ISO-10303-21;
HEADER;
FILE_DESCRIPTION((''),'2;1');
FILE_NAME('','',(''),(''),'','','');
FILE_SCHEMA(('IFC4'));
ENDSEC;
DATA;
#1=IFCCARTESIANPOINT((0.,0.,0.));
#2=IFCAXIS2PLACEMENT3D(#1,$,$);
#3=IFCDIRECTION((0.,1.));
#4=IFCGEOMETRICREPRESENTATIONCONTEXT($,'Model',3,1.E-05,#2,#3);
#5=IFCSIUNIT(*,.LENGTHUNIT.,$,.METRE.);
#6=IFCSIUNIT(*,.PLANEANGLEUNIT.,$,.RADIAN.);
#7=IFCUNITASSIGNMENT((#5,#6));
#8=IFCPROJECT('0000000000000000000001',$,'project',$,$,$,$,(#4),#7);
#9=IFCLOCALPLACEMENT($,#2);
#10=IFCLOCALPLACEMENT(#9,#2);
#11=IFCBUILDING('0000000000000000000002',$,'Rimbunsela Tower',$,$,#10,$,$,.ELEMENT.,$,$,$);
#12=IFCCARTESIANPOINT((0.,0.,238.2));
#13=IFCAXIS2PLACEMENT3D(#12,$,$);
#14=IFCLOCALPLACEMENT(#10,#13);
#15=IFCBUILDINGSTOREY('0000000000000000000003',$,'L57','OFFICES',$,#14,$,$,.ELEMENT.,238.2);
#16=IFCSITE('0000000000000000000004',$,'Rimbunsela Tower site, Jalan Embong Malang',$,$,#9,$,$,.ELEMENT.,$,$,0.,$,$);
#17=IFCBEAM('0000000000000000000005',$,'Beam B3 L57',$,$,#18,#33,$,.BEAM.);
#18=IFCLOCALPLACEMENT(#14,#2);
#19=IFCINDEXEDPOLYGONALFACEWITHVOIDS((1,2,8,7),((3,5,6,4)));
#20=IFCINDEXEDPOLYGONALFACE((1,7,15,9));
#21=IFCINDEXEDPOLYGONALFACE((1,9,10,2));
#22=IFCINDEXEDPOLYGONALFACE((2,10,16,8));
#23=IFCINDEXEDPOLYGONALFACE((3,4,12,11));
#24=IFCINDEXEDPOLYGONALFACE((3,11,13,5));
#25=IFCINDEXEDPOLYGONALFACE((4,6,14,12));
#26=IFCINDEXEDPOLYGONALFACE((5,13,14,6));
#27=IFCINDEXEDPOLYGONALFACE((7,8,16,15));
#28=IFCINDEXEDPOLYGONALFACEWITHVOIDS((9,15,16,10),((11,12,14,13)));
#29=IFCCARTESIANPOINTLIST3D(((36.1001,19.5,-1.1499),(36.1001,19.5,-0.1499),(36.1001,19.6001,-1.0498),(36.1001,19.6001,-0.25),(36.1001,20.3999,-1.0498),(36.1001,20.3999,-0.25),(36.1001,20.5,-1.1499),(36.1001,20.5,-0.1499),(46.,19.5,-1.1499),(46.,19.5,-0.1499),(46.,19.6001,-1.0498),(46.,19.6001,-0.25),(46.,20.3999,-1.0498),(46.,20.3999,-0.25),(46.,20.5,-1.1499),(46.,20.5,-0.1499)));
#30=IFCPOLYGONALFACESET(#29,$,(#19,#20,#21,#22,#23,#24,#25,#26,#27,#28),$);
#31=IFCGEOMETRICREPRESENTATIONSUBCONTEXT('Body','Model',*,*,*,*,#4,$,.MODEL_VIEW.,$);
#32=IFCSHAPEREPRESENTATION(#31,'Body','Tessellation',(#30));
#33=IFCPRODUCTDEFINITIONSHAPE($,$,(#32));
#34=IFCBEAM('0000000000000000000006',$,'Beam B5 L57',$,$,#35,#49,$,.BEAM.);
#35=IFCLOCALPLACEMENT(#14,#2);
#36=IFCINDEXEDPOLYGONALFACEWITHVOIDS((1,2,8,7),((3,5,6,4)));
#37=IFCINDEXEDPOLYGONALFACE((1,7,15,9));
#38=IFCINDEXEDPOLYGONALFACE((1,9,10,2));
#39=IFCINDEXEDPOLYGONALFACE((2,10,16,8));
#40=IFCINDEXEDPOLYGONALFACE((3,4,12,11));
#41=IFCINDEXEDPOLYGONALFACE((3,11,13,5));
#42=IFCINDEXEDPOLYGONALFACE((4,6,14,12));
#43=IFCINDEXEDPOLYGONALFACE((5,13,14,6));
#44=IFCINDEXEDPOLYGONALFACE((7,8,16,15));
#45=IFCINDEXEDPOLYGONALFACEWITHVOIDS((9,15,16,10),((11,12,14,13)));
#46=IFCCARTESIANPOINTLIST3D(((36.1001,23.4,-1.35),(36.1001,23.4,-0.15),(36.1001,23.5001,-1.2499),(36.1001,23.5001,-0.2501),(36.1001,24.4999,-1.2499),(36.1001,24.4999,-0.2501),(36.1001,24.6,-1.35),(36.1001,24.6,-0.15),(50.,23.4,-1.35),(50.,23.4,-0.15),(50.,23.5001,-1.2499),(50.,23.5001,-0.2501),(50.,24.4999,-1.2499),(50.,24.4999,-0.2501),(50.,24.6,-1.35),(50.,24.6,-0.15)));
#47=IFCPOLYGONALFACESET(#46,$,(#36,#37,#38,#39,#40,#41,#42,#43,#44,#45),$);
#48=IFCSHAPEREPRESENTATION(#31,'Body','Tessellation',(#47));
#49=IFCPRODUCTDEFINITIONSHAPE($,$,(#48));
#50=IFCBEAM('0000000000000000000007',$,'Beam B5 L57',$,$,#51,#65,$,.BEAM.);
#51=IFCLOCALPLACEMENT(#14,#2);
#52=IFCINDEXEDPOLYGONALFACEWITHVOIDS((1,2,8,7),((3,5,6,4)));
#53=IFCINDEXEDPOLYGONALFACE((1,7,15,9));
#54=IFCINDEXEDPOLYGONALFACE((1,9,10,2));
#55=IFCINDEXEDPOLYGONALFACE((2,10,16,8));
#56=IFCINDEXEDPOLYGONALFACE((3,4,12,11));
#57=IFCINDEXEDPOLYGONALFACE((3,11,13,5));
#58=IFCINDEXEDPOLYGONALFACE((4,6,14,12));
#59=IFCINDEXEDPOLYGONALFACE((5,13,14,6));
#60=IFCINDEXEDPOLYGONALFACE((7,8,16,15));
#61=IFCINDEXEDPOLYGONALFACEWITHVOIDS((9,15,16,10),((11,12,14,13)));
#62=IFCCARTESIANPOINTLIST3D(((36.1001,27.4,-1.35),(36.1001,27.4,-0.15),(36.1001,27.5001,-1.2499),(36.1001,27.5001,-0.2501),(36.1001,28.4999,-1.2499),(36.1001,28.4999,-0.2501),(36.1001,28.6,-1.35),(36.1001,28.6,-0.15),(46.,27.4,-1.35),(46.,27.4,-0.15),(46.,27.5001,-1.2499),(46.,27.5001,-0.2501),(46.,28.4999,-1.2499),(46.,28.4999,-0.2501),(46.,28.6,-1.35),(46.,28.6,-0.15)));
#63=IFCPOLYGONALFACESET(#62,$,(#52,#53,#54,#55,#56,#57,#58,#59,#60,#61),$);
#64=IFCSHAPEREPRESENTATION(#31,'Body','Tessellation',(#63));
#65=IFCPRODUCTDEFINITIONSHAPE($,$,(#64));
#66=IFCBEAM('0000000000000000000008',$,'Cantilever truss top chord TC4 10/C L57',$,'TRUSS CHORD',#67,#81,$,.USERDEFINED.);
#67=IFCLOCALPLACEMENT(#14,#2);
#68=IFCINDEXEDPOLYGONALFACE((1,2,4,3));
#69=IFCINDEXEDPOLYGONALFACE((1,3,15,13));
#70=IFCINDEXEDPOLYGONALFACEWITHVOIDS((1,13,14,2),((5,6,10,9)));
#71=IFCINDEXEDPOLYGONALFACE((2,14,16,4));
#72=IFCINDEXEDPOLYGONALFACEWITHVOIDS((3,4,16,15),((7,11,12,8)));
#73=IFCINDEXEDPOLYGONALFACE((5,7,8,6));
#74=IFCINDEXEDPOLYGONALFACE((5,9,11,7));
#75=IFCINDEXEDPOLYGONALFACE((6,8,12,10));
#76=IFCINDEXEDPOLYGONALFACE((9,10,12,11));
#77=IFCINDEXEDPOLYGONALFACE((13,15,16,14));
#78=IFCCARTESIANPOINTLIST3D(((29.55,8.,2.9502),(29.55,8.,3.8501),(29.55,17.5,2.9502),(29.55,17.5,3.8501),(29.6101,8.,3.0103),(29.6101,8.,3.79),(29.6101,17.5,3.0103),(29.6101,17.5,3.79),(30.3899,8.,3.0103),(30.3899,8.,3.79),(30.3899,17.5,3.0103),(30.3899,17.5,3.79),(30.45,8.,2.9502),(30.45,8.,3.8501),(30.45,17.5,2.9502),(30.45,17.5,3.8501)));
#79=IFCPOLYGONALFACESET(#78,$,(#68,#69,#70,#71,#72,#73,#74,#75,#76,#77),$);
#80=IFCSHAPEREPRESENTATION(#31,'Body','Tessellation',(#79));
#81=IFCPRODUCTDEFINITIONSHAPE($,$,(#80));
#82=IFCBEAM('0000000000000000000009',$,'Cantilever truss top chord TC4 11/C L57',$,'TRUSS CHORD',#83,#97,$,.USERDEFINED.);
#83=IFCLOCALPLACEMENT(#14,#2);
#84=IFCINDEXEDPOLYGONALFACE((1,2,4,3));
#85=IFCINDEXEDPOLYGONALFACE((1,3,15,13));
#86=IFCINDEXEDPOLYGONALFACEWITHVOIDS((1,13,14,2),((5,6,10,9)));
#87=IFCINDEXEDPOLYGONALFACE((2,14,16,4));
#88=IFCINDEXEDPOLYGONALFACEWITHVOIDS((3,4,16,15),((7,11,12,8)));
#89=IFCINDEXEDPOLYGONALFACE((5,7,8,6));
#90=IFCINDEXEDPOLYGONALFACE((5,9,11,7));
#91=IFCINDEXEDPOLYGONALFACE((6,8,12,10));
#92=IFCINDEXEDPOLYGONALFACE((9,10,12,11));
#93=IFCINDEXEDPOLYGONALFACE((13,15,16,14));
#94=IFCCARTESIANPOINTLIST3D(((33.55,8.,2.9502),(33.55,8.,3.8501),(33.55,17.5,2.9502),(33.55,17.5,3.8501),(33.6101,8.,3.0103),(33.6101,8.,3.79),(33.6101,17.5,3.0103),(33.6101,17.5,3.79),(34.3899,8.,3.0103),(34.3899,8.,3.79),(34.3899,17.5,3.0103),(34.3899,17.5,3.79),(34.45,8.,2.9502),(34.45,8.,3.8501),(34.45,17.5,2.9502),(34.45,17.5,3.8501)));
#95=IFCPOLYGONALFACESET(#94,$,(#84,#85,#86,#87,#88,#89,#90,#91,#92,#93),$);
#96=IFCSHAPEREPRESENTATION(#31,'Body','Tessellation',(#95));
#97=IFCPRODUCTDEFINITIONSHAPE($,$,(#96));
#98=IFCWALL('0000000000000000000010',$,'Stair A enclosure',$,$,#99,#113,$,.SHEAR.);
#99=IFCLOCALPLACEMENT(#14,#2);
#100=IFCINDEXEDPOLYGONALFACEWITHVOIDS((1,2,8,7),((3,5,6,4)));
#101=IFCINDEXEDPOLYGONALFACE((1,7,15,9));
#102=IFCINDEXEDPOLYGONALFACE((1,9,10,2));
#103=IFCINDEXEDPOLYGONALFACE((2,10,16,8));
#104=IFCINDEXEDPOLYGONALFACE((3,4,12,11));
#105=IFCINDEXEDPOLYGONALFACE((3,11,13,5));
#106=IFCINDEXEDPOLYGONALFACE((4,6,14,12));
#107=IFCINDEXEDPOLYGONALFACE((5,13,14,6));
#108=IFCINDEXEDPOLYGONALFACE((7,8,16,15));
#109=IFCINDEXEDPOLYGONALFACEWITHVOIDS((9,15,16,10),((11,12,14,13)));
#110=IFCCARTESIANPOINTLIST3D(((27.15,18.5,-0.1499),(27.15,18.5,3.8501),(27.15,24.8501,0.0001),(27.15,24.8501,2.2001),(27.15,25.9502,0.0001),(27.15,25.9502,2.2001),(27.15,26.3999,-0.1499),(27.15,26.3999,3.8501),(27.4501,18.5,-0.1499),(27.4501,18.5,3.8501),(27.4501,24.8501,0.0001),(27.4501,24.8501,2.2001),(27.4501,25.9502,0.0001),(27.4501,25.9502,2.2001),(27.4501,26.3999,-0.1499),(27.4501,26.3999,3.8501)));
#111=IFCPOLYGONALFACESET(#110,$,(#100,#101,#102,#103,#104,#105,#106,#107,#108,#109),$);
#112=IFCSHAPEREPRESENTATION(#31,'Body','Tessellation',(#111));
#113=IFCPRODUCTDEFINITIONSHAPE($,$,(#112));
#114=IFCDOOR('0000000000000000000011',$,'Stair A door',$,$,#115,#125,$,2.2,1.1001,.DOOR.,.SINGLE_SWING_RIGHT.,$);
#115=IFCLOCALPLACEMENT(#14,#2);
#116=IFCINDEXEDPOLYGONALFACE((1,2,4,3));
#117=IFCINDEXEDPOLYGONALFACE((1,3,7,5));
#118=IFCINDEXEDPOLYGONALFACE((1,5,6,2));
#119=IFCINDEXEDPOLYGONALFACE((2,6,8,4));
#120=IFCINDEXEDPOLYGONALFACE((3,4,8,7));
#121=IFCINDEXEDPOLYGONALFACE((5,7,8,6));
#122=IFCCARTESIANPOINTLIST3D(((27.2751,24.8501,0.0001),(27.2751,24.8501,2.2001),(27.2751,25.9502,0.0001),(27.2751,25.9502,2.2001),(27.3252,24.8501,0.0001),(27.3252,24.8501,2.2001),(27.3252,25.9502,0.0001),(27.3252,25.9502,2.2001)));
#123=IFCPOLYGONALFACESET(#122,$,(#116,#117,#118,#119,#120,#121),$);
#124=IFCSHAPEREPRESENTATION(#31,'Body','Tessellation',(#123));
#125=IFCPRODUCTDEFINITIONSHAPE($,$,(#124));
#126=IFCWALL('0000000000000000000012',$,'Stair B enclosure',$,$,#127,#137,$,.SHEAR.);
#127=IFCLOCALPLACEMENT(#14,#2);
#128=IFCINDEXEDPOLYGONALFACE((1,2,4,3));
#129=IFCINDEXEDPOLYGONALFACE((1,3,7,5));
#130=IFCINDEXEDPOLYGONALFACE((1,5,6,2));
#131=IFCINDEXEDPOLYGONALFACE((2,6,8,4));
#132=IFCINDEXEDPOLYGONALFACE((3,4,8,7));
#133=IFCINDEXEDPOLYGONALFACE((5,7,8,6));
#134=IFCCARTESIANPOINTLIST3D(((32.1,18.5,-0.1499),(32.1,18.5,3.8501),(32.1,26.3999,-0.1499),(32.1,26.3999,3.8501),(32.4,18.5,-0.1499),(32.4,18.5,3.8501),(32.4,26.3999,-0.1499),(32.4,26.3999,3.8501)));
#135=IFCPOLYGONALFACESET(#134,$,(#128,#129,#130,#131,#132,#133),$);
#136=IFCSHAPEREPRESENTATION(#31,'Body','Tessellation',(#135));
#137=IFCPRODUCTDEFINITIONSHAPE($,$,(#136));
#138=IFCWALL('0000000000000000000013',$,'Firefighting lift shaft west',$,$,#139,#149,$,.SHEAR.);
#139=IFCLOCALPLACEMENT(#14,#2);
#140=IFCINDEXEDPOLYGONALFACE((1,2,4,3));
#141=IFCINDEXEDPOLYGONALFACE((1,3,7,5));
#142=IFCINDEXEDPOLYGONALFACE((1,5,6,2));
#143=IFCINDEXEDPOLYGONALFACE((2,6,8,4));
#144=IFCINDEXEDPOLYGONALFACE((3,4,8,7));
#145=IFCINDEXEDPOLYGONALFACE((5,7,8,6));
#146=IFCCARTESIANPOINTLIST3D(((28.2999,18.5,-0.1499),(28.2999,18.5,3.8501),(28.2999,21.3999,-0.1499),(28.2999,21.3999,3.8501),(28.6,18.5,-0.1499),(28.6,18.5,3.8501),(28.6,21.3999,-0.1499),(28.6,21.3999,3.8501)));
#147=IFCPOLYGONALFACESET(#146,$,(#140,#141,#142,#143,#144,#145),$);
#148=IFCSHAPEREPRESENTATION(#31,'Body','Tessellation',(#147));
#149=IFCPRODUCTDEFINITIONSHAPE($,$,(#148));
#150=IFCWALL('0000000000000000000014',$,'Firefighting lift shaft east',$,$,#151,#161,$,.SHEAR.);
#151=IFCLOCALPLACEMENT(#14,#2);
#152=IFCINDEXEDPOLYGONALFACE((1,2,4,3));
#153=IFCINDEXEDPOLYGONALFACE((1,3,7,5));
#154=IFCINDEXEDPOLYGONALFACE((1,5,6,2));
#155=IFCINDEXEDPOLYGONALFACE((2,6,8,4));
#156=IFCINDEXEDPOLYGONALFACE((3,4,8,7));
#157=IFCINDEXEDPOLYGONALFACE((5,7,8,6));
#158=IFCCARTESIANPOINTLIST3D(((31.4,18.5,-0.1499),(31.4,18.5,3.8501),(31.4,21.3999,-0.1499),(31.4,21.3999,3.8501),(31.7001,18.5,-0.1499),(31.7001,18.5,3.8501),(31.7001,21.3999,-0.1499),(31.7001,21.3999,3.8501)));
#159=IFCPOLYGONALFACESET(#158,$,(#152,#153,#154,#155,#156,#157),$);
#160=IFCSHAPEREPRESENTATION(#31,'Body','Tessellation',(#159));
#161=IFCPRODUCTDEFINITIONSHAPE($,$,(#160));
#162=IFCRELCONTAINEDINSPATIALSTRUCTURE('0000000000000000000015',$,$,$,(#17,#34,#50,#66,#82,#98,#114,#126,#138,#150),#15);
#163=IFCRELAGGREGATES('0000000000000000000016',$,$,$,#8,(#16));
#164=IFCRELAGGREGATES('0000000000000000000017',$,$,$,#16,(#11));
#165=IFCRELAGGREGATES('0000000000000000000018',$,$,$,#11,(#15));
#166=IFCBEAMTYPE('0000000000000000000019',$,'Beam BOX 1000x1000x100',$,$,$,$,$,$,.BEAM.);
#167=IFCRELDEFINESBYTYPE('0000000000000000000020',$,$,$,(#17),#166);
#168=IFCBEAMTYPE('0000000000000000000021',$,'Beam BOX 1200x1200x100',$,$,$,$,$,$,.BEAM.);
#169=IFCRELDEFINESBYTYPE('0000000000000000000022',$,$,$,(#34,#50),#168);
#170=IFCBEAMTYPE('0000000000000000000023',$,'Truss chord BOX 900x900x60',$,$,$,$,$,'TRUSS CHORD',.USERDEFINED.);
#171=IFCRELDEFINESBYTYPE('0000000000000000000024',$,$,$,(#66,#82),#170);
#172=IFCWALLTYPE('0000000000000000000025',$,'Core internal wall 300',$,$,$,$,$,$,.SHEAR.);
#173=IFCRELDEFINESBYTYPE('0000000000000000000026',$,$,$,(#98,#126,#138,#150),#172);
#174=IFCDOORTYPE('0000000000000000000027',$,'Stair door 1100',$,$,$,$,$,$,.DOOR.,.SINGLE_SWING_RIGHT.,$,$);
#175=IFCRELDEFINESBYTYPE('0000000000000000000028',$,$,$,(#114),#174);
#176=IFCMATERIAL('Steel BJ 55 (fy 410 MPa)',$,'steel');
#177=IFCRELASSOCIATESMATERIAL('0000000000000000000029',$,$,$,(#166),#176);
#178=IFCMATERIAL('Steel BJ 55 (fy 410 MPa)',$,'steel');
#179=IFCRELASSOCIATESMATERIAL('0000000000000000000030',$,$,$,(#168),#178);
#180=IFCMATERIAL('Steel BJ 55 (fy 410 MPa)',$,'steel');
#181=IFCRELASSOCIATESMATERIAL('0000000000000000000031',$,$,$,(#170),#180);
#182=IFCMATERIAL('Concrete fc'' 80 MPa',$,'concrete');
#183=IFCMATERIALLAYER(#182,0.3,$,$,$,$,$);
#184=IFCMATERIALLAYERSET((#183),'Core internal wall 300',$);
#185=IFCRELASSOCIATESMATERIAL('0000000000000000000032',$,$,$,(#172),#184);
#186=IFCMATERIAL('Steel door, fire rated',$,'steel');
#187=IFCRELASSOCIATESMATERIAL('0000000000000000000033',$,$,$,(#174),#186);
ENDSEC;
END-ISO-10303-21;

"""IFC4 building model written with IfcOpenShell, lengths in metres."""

from ifc_helpers import new_model, si_unit, direction, frame, frame_2d, origin, origin_2d, place, context, subcontext, project, spatial, rectangle, hollow_rectangle, extrude, material, layer, layer_set, material_profile, profile_set, type_object, element, fill, save


model = new_model("IFC4")

# Units and contexts
model_context = context("Model", 3, precision=1e-05, world=origin(), true_north=direction((0.0, 1.0)))
body_context = subcontext(model_context, "Body", "Model", "MODEL_VIEW")
ifc_project = project(units=[si_unit("LENGTHUNIT", "METRE"), si_unit("PLANEANGLEUNIT", "RADIAN")], contexts=[model_context])

# Site, building, storey
site_placement = place(None, origin())
site = spatial("IfcSite", under=ifc_project, at=site_placement, Name="Rimbunsela Tower site, Jalan Embong Malang", CompositionType="ELEMENT", RefElevation=0.0)
building_placement = place(site_placement, origin())
building = spatial("IfcBuilding", under=site, at=building_placement, Name="Rimbunsela Tower", CompositionType="ELEMENT")
storey_placement = place(building_placement, frame((0.0, 0.0, 238.2)))
storey = spatial("IfcBuildingStorey", under=building, at=storey_placement, Name="L57", Description="OFFICES", CompositionType="ELEMENT", Elevation=238.2)

# Beams
ifc_material_1 = material(Name="Steel BJ 55 (fy 410 MPa)", Category="steel")
ifc_material_profile_1 = material_profile(ifc_material_1, hollow_rectangle(XDim=1.0, YDim=1.0, WallThickness=0.1001, at=origin_2d()), Name="BOX 1000x1000x100")
ifc_profile_set_1 = profile_set([ifc_material_profile_1], Name="Steel BJ 55 (fy 410 MPa)")
beam_type_1 = type_object("IfcBeamType", Name="Beam BOX 1000x1000x100", PredefinedType="BEAM", material=ifc_profile_set_1)
beam_1_placement = place(storey_placement, frame((36.1001, 20.0, -0.6499), z_axis=(1.0, 0.0, 0.0), x_axis=(0.0, 1.0, 0.0)))
element("IfcBeam", 1, at=beam_1_placement, inside=storey, type_object=beam_type_1, Name="Beam B3 L57", PredefinedType="BEAM", context=body_context, shape_type="SweptSolid", body=[
    extrude(hollow_rectangle(XDim=1.0, YDim=1.0, WallThickness=0.1001, at=origin_2d()), origin(), (0.0, 0.0, 1.0), 9.8999),
])
ifc_material_2 = material(Name="Steel BJ 55 (fy 410 MPa)", Category="steel")
ifc_material_profile_2 = material_profile(ifc_material_2, hollow_rectangle(XDim=1.2, YDim=1.2, WallThickness=0.1001, at=origin_2d()), Name="BOX 1200x1200x100")
ifc_profile_set_2 = profile_set([ifc_material_profile_2], Name="Steel BJ 55 (fy 410 MPa)")
beam_type_2 = type_object("IfcBeamType", Name="Beam BOX 1200x1200x100", PredefinedType="BEAM", material=ifc_profile_set_2)
beam_2_placement = place(storey_placement, frame((36.1001, 24.0, -0.75), z_axis=(1.0, 0.0, 0.0), x_axis=(0.0, 1.0, 0.0)))
element("IfcBeam", 2, at=beam_2_placement, inside=storey, type_object=beam_type_2, Name="Beam B5 L57", PredefinedType="BEAM", context=body_context, shape_type="SweptSolid", body=[
    extrude(hollow_rectangle(XDim=1.2, YDim=1.2, WallThickness=0.1001, at=origin_2d()), origin(), (0.0, 0.0, 1.0), 13.8999),
])
beam_3_placement = place(storey_placement, frame((36.1001, 28.0, -0.75), z_axis=(1.0, 0.0, 0.0), x_axis=(0.0, 1.0, 0.0)))
element("IfcBeam", 3, at=beam_3_placement, inside=storey, type_object=beam_type_2, Name="Beam B5 L57", PredefinedType="BEAM", context=body_context, shape_type="SweptSolid", body=[
    extrude(hollow_rectangle(XDim=1.2, YDim=1.2, WallThickness=0.1001, at=origin_2d()), origin(), (0.0, 0.0, 1.0), 9.8999),
])
ifc_material_3 = material(Name="Steel BJ 55 (fy 410 MPa)", Category="steel")
ifc_material_profile_3 = material_profile(ifc_material_3, hollow_rectangle(XDim=0.8999, YDim=0.8999, WallThickness=0.0601, at=origin_2d()), Name="BOX 900x900x60")
ifc_profile_set_3 = profile_set([ifc_material_profile_3], Name="Steel BJ 55 (fy 410 MPa)")
beam_type_3 = type_object("IfcBeamType", Name="Truss chord BOX 900x900x60", ElementType="TRUSS CHORD", PredefinedType="USERDEFINED", material=ifc_profile_set_3)
for number, where, z_axis, x_axis, name in (
    (4, (30.0, 17.5, 3.4001), (0.0, -1.0, 0.0), (1.0, 0.0, 0.0), "Cantilever truss top chord TC4 10/C L57"),
    (5, (34.0, 17.5, 3.4001), (0.0, -1.0, 0.0), (1.0, 0.0, 0.0), "Cantilever truss top chord TC4 11/C L57"),
):
    element("IfcBeam", number, at=place(storey_placement, frame(where, z_axis=z_axis, x_axis=x_axis)), inside=storey, type_object=beam_type_3, Name=name, ObjectType="TRUSS CHORD", PredefinedType="USERDEFINED", context=body_context, shape_type="SweptSolid", body=[
        extrude(hollow_rectangle(XDim=0.8999, YDim=0.8999, WallThickness=0.0601, at=origin_2d()), origin(), (0.0, 0.0, 1.0), 9.5),
    ])

# Wall, opening, door
ifc_material_4 = material(Name="Concrete fc' 80 MPa", Category="concrete")
ifc_layer_1 = layer(ifc_material_4, 0.3)
ifc_layer_set_1 = layer_set([ifc_layer_1], Name="Core internal wall 300")
wall_type_1 = type_object("IfcWallType", Name="Core internal wall 300", PredefinedType="SHEAR", material=ifc_layer_set_1)
wall_1_placement = place(storey_placement, frame((27.3, 18.5, -0.1499), z_axis=(0.0, 0.0, 1.0), x_axis=(0.0, 1.0, 0.0)))
wall_1 = element("IfcWall", 6, at=wall_1_placement, inside=storey, type_object=wall_type_1, Name="Stair A enclosure", PredefinedType="SHEAR", context=body_context, shape_type="SweptSolid", body=[
    extrude(rectangle(XDim=7.8999, YDim=0.3, at=frame_2d((3.95, 0.0))), origin(), (0.0, 0.0, 1.0), 4.0),
])
opening_1_placement = place(wall_1_placement, frame((6.3501, 0.0, 0.1499)))
opening_1 = element("IfcOpeningElement", 7, at=opening_1_placement, cuts=wall_1, PredefinedType="OPENING", context=body_context, shape_type="SweptSolid", body=[
    extrude(rectangle(XDim=1.1001, YDim=2.2, at=frame_2d((0.55, 1.1001))), frame((0.0, 0.1599, 0.0), z_axis=(0.0, -1.0, 0.0), x_axis=(1.0, 0.0, 0.0)), (0.0, 0.0, 1.0), 0.3201),
])
ifc_material_5 = material(Name="Steel door, fire rated", Category="steel")
door_type_1 = type_object("IfcDoorType", Name="Stair door 1100", OperationType="SINGLE_SWING_RIGHT", PredefinedType="DOOR", material=ifc_material_5)
door_1_placement = place(opening_1_placement, origin())
door_1 = element("IfcDoor", 8, at=door_1_placement, inside=storey, type_object=door_type_1, Name="Stair A door", OperationType="SINGLE_SWING_RIGHT", OverallHeight=2.2, OverallWidth=1.1001, PredefinedType="DOOR", context=body_context, shape_type="SweptSolid", body=[
    extrude(rectangle(XDim=1.1001, YDim=2.2, at=frame_2d((0.55, 1.1001))), frame((0.0, 0.0249, 0.0), z_axis=(0.0, -1.0, 0.0), x_axis=(1.0, 0.0, 0.0)), (0.0, 0.0, 1.0), 0.05),
])
fill(opening_1, door_1)

# Walls
wall_2_placement = place(storey_placement, frame((32.25, 18.5, -0.1499), z_axis=(0.0, 0.0, 1.0), x_axis=(0.0, 1.0, 0.0)))
element("IfcWall", 9, at=wall_2_placement, inside=storey, type_object=wall_type_1, Name="Stair B enclosure", PredefinedType="SHEAR", context=body_context, shape_type="SweptSolid", body=[
    extrude(rectangle(XDim=7.8999, YDim=0.3, at=frame_2d((3.95, 0.0))), origin(), (0.0, 0.0, 1.0), 4.0),
])
for number, where, z_axis, x_axis, name in (
    (10, (28.45, 18.5, -0.1499), (0.0, 0.0, 1.0), (0.0, 1.0, 0.0), "Firefighting lift shaft west"),
    (11, (31.55, 18.5, -0.1499), (0.0, 0.0, 1.0), (0.0, 1.0, 0.0), "Firefighting lift shaft east"),
):
    element("IfcWall", number, at=place(storey_placement, frame(where, z_axis=z_axis, x_axis=x_axis)), inside=storey, type_object=wall_type_1, Name=name, PredefinedType="SHEAR", context=body_context, shape_type="SweptSolid", body=[
        extrude(rectangle(XDim=2.8999, YDim=0.3, at=frame_2d((1.45, 0.0))), origin(), (0.0, 0.0, 1.0), 4.0),
    ])

save(model, "model.ifc")
